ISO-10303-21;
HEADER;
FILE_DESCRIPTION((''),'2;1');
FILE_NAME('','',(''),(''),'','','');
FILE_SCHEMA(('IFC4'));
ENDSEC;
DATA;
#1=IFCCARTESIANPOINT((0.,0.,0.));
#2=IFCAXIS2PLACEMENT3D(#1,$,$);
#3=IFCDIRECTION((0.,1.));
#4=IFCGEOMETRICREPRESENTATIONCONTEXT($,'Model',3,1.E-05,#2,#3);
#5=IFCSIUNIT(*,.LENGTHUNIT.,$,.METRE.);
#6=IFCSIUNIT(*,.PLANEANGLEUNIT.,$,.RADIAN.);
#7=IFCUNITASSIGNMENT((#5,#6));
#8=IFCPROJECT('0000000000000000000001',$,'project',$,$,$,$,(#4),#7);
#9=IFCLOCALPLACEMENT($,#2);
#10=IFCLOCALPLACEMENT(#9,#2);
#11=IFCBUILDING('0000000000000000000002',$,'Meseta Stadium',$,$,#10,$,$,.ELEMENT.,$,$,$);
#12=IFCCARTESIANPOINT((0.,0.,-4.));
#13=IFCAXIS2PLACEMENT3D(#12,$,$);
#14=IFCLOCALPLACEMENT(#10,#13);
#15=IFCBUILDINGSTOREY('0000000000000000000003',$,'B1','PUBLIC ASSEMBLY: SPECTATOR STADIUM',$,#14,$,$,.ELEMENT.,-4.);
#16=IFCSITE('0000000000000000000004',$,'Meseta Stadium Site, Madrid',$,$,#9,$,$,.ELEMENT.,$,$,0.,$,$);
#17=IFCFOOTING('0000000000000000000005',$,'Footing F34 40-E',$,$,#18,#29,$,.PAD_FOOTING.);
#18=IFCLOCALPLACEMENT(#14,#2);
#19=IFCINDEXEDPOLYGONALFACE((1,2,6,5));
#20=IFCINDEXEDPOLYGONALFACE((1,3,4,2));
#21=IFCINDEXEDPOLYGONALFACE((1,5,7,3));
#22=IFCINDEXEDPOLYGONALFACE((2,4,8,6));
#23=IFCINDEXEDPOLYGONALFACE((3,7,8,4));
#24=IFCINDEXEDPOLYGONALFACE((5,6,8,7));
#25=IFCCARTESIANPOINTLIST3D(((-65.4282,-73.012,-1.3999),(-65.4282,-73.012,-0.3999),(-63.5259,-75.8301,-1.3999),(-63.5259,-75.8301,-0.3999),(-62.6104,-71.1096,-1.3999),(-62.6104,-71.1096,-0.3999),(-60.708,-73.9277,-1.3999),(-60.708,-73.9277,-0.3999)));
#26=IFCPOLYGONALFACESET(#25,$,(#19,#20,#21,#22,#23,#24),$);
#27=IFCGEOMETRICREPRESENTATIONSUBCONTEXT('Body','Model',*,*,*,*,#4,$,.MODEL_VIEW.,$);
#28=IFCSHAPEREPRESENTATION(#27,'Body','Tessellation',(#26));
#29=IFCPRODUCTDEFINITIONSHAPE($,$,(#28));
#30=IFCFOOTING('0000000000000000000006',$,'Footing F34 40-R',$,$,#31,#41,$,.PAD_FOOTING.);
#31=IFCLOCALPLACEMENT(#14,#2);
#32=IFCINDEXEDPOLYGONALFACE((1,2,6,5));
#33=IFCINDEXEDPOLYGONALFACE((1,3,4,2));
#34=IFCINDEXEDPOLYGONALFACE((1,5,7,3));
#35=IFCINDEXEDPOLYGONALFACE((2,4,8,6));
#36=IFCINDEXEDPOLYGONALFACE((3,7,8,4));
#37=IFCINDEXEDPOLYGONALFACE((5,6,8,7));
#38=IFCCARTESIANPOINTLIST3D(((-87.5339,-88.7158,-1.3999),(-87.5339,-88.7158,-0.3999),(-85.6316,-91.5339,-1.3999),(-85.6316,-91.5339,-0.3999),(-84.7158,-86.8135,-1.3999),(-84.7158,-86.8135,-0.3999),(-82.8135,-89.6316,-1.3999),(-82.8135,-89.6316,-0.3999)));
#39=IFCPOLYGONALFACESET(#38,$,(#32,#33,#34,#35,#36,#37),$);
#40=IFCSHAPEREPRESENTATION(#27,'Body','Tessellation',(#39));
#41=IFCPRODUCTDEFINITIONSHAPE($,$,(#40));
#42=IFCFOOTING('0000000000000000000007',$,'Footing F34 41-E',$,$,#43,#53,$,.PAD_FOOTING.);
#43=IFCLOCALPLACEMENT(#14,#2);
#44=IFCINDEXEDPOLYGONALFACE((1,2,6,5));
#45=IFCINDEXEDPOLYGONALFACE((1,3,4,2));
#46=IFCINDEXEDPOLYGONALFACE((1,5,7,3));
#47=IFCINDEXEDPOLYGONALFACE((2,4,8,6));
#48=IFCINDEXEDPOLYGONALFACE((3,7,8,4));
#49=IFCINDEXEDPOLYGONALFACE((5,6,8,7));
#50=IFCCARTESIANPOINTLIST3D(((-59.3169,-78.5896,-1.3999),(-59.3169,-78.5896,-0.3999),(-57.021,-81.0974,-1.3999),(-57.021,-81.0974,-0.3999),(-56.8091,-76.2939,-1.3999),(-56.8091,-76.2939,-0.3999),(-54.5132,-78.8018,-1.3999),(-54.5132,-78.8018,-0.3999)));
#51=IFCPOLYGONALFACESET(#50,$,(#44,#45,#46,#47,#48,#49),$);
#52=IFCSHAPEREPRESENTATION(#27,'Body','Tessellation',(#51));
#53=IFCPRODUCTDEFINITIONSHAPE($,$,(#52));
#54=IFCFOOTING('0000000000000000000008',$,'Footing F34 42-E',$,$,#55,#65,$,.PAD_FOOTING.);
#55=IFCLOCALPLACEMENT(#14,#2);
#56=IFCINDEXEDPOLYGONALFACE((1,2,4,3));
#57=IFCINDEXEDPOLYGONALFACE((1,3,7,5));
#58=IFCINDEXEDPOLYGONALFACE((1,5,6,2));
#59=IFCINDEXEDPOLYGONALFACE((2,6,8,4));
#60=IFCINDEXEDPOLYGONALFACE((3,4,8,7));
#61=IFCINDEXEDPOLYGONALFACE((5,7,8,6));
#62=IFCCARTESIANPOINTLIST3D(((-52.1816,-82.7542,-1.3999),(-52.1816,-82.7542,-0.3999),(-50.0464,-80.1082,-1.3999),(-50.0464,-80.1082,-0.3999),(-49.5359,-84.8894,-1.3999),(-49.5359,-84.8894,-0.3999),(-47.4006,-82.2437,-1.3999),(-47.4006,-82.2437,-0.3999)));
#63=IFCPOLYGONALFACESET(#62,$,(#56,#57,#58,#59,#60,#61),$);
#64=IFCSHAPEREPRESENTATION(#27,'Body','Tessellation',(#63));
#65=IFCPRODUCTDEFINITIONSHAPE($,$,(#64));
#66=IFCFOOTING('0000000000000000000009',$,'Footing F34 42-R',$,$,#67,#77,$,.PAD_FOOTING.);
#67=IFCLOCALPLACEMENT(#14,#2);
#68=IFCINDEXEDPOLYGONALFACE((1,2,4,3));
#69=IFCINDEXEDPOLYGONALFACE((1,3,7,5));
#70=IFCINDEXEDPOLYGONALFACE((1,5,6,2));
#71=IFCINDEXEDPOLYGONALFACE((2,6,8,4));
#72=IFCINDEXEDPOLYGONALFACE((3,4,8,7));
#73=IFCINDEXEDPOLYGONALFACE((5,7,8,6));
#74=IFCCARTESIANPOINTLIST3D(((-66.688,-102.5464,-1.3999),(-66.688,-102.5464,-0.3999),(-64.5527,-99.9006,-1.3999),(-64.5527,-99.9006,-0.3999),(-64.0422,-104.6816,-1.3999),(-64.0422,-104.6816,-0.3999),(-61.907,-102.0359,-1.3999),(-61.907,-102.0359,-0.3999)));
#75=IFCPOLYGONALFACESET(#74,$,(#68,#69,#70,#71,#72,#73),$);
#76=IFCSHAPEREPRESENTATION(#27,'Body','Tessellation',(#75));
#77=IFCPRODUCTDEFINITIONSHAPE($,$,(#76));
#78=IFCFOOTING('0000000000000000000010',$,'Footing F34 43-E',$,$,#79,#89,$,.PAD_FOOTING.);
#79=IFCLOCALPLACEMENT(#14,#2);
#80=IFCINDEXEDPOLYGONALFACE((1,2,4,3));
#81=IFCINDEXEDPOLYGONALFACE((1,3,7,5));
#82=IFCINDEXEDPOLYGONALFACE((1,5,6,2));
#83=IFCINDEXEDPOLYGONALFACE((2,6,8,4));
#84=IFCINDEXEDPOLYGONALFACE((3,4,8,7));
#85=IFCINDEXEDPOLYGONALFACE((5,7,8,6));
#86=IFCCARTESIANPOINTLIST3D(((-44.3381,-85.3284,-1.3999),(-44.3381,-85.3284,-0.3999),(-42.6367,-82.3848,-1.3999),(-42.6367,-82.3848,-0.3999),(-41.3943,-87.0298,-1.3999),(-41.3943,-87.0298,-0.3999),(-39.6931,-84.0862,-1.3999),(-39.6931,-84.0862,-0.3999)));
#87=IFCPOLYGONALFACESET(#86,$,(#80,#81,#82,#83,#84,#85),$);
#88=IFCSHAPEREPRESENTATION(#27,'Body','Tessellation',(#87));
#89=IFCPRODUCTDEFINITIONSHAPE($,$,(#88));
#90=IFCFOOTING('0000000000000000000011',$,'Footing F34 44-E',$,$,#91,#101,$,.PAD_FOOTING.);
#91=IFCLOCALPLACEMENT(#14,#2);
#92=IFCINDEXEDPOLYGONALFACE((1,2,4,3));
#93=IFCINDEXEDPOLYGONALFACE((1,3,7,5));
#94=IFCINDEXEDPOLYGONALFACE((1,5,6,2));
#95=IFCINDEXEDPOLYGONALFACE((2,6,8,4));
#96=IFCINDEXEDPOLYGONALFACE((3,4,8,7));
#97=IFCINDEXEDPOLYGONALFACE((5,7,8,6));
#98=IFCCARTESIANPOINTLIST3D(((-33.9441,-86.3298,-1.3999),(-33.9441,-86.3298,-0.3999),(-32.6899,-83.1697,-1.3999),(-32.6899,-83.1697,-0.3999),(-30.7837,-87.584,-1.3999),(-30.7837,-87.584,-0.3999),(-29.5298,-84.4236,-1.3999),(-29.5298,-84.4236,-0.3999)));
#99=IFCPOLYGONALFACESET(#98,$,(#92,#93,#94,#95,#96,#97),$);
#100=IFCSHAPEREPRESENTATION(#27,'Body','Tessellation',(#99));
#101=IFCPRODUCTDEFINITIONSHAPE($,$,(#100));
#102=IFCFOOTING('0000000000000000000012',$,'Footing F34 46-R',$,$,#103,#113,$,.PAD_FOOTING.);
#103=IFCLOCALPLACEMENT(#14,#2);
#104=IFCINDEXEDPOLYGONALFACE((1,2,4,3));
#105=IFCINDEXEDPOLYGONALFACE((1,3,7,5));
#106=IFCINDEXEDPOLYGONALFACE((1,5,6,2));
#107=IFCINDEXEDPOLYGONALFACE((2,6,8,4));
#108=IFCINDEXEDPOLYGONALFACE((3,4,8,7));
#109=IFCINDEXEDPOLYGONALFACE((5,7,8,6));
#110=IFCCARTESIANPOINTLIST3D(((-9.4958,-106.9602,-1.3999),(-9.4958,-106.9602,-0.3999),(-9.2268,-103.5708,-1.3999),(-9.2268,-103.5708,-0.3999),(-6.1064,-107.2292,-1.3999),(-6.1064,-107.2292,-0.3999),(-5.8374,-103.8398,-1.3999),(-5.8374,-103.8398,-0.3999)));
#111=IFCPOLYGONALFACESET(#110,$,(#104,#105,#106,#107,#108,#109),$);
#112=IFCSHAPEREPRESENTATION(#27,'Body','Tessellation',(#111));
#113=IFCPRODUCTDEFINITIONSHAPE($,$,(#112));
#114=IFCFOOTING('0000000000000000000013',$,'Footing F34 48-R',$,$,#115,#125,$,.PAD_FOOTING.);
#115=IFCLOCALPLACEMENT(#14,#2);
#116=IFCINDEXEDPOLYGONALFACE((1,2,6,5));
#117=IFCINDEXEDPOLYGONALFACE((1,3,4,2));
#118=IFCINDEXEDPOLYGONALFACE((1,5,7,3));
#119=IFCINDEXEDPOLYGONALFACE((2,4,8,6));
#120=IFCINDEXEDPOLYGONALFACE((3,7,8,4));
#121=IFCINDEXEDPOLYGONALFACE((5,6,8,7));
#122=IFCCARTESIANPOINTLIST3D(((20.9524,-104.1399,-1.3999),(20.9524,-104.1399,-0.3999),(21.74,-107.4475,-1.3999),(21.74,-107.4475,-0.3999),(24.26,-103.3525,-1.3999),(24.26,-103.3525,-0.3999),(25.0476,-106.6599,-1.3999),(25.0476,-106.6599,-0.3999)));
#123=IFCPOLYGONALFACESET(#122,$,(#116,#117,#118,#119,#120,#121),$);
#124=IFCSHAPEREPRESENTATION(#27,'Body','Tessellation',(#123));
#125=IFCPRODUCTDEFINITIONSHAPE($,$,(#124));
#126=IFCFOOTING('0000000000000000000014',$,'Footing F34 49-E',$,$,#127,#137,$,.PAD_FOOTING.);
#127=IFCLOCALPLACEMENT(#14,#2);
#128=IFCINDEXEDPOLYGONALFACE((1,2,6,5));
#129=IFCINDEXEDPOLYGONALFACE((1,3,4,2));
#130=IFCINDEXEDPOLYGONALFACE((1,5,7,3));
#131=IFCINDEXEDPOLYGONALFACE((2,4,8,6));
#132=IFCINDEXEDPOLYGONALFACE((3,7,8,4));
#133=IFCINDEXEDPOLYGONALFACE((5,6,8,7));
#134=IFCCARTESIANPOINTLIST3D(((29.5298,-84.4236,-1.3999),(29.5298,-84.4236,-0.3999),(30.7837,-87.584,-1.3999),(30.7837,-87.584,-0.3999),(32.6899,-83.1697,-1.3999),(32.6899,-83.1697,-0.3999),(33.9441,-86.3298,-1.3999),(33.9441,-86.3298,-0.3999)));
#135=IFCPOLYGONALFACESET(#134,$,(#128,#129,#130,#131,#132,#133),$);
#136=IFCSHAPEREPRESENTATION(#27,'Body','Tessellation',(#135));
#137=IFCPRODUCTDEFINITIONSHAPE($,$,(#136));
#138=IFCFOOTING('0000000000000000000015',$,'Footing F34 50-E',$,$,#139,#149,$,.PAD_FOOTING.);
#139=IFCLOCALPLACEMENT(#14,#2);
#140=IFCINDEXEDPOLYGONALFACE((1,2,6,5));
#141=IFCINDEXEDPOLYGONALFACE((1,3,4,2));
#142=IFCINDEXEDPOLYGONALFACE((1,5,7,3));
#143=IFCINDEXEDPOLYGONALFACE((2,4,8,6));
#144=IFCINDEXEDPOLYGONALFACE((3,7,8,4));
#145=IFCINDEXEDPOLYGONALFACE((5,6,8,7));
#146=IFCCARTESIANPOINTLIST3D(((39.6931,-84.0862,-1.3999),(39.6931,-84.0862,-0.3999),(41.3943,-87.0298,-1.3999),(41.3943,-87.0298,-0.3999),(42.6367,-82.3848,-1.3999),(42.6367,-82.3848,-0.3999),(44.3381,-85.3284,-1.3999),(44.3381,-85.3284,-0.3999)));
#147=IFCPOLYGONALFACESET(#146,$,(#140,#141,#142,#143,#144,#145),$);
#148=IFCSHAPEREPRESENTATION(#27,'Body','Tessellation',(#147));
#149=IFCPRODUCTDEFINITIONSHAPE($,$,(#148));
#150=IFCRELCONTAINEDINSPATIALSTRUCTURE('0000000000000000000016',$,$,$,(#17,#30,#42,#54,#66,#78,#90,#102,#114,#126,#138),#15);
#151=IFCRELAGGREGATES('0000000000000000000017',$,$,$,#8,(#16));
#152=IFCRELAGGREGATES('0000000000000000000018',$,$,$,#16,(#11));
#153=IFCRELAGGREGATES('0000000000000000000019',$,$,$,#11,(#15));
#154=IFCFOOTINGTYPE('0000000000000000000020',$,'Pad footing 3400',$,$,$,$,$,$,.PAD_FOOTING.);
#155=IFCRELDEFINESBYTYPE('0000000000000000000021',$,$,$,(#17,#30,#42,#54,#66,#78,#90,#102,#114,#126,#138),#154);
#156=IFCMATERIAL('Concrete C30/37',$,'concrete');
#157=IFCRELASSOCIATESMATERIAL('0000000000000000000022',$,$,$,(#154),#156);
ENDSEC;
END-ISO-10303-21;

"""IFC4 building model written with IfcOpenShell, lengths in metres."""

from ifc_helpers import new_model, si_unit, direction, frame, origin, place, context, subcontext, project, spatial, polyline, outline, extrude, material, type_object, element, save


model = new_model("IFC4")

# Units and contexts
model_context = context("Model", 3, precision=1e-05, world=origin(), true_north=direction((0.0, 1.0)))
body_context = subcontext(model_context, "Body", "Model", "MODEL_VIEW")
ifc_project = project(units=[si_unit("LENGTHUNIT", "METRE"), si_unit("PLANEANGLEUNIT", "RADIAN")], contexts=[model_context])

# Site, building, storey
site_placement = place(None, origin())
site = spatial("IfcSite", under=ifc_project, at=site_placement, Name="Meseta Stadium Site, Madrid", CompositionType="ELEMENT", RefElevation=0.0)
building_placement = place(site_placement, origin())
building = spatial("IfcBuilding", under=site, at=building_placement, Name="Meseta Stadium", CompositionType="ELEMENT")
storey_placement = place(building_placement, frame((0.0, 0.0, -4.0)))
storey = spatial("IfcBuildingStorey", under=building, at=storey_placement, Name="B1", Description="PUBLIC ASSEMBLY: SPECTATOR STADIUM", CompositionType="ELEMENT", Elevation=-4.0)

# Footings
ifc_material_1 = material(Name="Concrete C30/37", Category="concrete")
footing_type_1 = type_object("IfcFootingType", Name="Pad footing 3400", PredefinedType="PAD_FOOTING", material=ifc_material_1)
footing_1_placement = place(storey_placement, frame((0.0, 0.0, -1.3999)))
element("IfcFooting", 1, at=footing_1_placement, inside=storey, type_object=footing_type_1, Name="Footing F34 40-E", PredefinedType="PAD_FOOTING", context=body_context, shape_type="SweptSolid", body=[
    extrude(outline(polyline([(-62.6104, -71.1096), (-65.4282, -73.012), (-63.5259, -75.8301), (-60.708, -73.9277), (-62.6104, -71.1096)])), origin(), (0.0, 0.0, 1.0), 1.0),
])
footing_2_placement = place(storey_placement, frame((0.0, 0.0, -1.3999)))
element("IfcFooting", 2, at=footing_2_placement, inside=storey, type_object=footing_type_1, Name="Footing F34 40-R", PredefinedType="PAD_FOOTING", context=body_context, shape_type="SweptSolid", body=[
    extrude(outline(polyline([(-84.7158, -86.8135), (-87.5339, -88.7158), (-85.6316, -91.5339), (-82.8135, -89.6316), (-84.7158, -86.8135)])), origin(), (0.0, 0.0, 1.0), 1.0),
])
footing_3_placement = place(storey_placement, frame((0.0, 0.0, -1.3999)))
element("IfcFooting", 3, at=footing_3_placement, inside=storey, type_object=footing_type_1, Name="Footing F34 41-E", PredefinedType="PAD_FOOTING", context=body_context, shape_type="SweptSolid", body=[
    extrude(outline(polyline([(-56.8091, -76.2939), (-59.3169, -78.5896), (-57.021, -81.0974), (-54.5132, -78.8018), (-56.8091, -76.2939)])), origin(), (0.0, 0.0, 1.0), 1.0),
])
footing_4_placement = place(storey_placement, frame((0.0, 0.0, -1.3999)))
element("IfcFooting", 4, at=footing_4_placement, inside=storey, type_object=footing_type_1, Name="Footing F34 42-E", PredefinedType="PAD_FOOTING", context=body_context, shape_type="SweptSolid", body=[
    extrude(outline(polyline([(-50.0464, -80.1082), (-52.1816, -82.7542), (-49.5359, -84.8894), (-47.4006, -82.2437), (-50.0464, -80.1082)])), origin(), (0.0, 0.0, 1.0), 1.0),
])
footing_5_placement = place(storey_placement, frame((0.0, 0.0, -1.3999)))
element("IfcFooting", 5, at=footing_5_placement, inside=storey, type_object=footing_type_1, Name="Footing F34 42-R", PredefinedType="PAD_FOOTING", context=body_context, shape_type="SweptSolid", body=[
    extrude(outline(polyline([(-64.5527, -99.9006), (-66.688, -102.5464), (-64.0422, -104.6816), (-61.907, -102.0359), (-64.5527, -99.9006)])), origin(), (0.0, 0.0, 1.0), 1.0),
])
footing_6_placement = place(storey_placement, frame((0.0, 0.0, -1.3999)))
element("IfcFooting", 6, at=footing_6_placement, inside=storey, type_object=footing_type_1, Name="Footing F34 43-E", PredefinedType="PAD_FOOTING", context=body_context, shape_type="SweptSolid", body=[
    extrude(outline(polyline([(-42.6367, -82.3848), (-44.3381, -85.3284), (-41.3943, -87.0298), (-39.6931, -84.0862), (-42.6367, -82.3848)])), origin(), (0.0, 0.0, 1.0), 1.0),
])
footing_7_placement = place(storey_placement, frame((0.0, 0.0, -1.3999)))
element("IfcFooting", 7, at=footing_7_placement, inside=storey, type_object=footing_type_1, Name="Footing F34 44-E", PredefinedType="PAD_FOOTING", context=body_context, shape_type="SweptSolid", body=[
    extrude(outline(polyline([(-32.6899, -83.1697), (-33.9441, -86.3298), (-30.7837, -87.584), (-29.5298, -84.4236), (-32.6899, -83.1697)])), origin(), (0.0, 0.0, 1.0), 1.0),
])
footing_8_placement = place(storey_placement, frame((0.0, 0.0, -1.3999)))
element("IfcFooting", 8, at=footing_8_placement, inside=storey, type_object=footing_type_1, Name="Footing F34 46-R", PredefinedType="PAD_FOOTING", context=body_context, shape_type="SweptSolid", body=[
    extrude(outline(polyline([(-9.2268, -103.5708), (-9.4958, -106.9602), (-6.1064, -107.2292), (-5.8374, -103.8398), (-9.2268, -103.5708)])), origin(), (0.0, 0.0, 1.0), 1.0),
])
footing_9_placement = place(storey_placement, frame((0.0, 0.0, -1.3999)))
element("IfcFooting", 9, at=footing_9_placement, inside=storey, type_object=footing_type_1, Name="Footing F34 48-R", PredefinedType="PAD_FOOTING", context=body_context, shape_type="SweptSolid", body=[
    extrude(outline(polyline([(20.9524, -104.1399), (21.74, -107.4475), (25.0476, -106.6599), (24.26, -103.3525), (20.9524, -104.1399)])), origin(), (0.0, 0.0, 1.0), 1.0),
])
footing_10_placement = place(storey_placement, frame((0.0, 0.0, -1.3999)))
element("IfcFooting", 10, at=footing_10_placement, inside=storey, type_object=footing_type_1, Name="Footing F34 49-E", PredefinedType="PAD_FOOTING", context=body_context, shape_type="SweptSolid", body=[
    extrude(outline(polyline([(29.5298, -84.4236), (30.7837, -87.584), (33.9441, -86.3298), (32.6899, -83.1697), (29.5298, -84.4236)])), origin(), (0.0, 0.0, 1.0), 1.0),
])
footing_11_placement = place(storey_placement, frame((0.0, 0.0, -1.3999)))
element("IfcFooting", 11, at=footing_11_placement, inside=storey, type_object=footing_type_1, Name="Footing F34 50-E", PredefinedType="PAD_FOOTING", context=body_context, shape_type="SweptSolid", body=[
    extrude(outline(polyline([(39.6931, -84.0862), (41.3943, -87.0298), (44.3381, -85.3284), (42.6367, -82.3848), (39.6931, -84.0862)])), origin(), (0.0, 0.0, 1.0), 1.0),
])

save(model, "model.ifc")
